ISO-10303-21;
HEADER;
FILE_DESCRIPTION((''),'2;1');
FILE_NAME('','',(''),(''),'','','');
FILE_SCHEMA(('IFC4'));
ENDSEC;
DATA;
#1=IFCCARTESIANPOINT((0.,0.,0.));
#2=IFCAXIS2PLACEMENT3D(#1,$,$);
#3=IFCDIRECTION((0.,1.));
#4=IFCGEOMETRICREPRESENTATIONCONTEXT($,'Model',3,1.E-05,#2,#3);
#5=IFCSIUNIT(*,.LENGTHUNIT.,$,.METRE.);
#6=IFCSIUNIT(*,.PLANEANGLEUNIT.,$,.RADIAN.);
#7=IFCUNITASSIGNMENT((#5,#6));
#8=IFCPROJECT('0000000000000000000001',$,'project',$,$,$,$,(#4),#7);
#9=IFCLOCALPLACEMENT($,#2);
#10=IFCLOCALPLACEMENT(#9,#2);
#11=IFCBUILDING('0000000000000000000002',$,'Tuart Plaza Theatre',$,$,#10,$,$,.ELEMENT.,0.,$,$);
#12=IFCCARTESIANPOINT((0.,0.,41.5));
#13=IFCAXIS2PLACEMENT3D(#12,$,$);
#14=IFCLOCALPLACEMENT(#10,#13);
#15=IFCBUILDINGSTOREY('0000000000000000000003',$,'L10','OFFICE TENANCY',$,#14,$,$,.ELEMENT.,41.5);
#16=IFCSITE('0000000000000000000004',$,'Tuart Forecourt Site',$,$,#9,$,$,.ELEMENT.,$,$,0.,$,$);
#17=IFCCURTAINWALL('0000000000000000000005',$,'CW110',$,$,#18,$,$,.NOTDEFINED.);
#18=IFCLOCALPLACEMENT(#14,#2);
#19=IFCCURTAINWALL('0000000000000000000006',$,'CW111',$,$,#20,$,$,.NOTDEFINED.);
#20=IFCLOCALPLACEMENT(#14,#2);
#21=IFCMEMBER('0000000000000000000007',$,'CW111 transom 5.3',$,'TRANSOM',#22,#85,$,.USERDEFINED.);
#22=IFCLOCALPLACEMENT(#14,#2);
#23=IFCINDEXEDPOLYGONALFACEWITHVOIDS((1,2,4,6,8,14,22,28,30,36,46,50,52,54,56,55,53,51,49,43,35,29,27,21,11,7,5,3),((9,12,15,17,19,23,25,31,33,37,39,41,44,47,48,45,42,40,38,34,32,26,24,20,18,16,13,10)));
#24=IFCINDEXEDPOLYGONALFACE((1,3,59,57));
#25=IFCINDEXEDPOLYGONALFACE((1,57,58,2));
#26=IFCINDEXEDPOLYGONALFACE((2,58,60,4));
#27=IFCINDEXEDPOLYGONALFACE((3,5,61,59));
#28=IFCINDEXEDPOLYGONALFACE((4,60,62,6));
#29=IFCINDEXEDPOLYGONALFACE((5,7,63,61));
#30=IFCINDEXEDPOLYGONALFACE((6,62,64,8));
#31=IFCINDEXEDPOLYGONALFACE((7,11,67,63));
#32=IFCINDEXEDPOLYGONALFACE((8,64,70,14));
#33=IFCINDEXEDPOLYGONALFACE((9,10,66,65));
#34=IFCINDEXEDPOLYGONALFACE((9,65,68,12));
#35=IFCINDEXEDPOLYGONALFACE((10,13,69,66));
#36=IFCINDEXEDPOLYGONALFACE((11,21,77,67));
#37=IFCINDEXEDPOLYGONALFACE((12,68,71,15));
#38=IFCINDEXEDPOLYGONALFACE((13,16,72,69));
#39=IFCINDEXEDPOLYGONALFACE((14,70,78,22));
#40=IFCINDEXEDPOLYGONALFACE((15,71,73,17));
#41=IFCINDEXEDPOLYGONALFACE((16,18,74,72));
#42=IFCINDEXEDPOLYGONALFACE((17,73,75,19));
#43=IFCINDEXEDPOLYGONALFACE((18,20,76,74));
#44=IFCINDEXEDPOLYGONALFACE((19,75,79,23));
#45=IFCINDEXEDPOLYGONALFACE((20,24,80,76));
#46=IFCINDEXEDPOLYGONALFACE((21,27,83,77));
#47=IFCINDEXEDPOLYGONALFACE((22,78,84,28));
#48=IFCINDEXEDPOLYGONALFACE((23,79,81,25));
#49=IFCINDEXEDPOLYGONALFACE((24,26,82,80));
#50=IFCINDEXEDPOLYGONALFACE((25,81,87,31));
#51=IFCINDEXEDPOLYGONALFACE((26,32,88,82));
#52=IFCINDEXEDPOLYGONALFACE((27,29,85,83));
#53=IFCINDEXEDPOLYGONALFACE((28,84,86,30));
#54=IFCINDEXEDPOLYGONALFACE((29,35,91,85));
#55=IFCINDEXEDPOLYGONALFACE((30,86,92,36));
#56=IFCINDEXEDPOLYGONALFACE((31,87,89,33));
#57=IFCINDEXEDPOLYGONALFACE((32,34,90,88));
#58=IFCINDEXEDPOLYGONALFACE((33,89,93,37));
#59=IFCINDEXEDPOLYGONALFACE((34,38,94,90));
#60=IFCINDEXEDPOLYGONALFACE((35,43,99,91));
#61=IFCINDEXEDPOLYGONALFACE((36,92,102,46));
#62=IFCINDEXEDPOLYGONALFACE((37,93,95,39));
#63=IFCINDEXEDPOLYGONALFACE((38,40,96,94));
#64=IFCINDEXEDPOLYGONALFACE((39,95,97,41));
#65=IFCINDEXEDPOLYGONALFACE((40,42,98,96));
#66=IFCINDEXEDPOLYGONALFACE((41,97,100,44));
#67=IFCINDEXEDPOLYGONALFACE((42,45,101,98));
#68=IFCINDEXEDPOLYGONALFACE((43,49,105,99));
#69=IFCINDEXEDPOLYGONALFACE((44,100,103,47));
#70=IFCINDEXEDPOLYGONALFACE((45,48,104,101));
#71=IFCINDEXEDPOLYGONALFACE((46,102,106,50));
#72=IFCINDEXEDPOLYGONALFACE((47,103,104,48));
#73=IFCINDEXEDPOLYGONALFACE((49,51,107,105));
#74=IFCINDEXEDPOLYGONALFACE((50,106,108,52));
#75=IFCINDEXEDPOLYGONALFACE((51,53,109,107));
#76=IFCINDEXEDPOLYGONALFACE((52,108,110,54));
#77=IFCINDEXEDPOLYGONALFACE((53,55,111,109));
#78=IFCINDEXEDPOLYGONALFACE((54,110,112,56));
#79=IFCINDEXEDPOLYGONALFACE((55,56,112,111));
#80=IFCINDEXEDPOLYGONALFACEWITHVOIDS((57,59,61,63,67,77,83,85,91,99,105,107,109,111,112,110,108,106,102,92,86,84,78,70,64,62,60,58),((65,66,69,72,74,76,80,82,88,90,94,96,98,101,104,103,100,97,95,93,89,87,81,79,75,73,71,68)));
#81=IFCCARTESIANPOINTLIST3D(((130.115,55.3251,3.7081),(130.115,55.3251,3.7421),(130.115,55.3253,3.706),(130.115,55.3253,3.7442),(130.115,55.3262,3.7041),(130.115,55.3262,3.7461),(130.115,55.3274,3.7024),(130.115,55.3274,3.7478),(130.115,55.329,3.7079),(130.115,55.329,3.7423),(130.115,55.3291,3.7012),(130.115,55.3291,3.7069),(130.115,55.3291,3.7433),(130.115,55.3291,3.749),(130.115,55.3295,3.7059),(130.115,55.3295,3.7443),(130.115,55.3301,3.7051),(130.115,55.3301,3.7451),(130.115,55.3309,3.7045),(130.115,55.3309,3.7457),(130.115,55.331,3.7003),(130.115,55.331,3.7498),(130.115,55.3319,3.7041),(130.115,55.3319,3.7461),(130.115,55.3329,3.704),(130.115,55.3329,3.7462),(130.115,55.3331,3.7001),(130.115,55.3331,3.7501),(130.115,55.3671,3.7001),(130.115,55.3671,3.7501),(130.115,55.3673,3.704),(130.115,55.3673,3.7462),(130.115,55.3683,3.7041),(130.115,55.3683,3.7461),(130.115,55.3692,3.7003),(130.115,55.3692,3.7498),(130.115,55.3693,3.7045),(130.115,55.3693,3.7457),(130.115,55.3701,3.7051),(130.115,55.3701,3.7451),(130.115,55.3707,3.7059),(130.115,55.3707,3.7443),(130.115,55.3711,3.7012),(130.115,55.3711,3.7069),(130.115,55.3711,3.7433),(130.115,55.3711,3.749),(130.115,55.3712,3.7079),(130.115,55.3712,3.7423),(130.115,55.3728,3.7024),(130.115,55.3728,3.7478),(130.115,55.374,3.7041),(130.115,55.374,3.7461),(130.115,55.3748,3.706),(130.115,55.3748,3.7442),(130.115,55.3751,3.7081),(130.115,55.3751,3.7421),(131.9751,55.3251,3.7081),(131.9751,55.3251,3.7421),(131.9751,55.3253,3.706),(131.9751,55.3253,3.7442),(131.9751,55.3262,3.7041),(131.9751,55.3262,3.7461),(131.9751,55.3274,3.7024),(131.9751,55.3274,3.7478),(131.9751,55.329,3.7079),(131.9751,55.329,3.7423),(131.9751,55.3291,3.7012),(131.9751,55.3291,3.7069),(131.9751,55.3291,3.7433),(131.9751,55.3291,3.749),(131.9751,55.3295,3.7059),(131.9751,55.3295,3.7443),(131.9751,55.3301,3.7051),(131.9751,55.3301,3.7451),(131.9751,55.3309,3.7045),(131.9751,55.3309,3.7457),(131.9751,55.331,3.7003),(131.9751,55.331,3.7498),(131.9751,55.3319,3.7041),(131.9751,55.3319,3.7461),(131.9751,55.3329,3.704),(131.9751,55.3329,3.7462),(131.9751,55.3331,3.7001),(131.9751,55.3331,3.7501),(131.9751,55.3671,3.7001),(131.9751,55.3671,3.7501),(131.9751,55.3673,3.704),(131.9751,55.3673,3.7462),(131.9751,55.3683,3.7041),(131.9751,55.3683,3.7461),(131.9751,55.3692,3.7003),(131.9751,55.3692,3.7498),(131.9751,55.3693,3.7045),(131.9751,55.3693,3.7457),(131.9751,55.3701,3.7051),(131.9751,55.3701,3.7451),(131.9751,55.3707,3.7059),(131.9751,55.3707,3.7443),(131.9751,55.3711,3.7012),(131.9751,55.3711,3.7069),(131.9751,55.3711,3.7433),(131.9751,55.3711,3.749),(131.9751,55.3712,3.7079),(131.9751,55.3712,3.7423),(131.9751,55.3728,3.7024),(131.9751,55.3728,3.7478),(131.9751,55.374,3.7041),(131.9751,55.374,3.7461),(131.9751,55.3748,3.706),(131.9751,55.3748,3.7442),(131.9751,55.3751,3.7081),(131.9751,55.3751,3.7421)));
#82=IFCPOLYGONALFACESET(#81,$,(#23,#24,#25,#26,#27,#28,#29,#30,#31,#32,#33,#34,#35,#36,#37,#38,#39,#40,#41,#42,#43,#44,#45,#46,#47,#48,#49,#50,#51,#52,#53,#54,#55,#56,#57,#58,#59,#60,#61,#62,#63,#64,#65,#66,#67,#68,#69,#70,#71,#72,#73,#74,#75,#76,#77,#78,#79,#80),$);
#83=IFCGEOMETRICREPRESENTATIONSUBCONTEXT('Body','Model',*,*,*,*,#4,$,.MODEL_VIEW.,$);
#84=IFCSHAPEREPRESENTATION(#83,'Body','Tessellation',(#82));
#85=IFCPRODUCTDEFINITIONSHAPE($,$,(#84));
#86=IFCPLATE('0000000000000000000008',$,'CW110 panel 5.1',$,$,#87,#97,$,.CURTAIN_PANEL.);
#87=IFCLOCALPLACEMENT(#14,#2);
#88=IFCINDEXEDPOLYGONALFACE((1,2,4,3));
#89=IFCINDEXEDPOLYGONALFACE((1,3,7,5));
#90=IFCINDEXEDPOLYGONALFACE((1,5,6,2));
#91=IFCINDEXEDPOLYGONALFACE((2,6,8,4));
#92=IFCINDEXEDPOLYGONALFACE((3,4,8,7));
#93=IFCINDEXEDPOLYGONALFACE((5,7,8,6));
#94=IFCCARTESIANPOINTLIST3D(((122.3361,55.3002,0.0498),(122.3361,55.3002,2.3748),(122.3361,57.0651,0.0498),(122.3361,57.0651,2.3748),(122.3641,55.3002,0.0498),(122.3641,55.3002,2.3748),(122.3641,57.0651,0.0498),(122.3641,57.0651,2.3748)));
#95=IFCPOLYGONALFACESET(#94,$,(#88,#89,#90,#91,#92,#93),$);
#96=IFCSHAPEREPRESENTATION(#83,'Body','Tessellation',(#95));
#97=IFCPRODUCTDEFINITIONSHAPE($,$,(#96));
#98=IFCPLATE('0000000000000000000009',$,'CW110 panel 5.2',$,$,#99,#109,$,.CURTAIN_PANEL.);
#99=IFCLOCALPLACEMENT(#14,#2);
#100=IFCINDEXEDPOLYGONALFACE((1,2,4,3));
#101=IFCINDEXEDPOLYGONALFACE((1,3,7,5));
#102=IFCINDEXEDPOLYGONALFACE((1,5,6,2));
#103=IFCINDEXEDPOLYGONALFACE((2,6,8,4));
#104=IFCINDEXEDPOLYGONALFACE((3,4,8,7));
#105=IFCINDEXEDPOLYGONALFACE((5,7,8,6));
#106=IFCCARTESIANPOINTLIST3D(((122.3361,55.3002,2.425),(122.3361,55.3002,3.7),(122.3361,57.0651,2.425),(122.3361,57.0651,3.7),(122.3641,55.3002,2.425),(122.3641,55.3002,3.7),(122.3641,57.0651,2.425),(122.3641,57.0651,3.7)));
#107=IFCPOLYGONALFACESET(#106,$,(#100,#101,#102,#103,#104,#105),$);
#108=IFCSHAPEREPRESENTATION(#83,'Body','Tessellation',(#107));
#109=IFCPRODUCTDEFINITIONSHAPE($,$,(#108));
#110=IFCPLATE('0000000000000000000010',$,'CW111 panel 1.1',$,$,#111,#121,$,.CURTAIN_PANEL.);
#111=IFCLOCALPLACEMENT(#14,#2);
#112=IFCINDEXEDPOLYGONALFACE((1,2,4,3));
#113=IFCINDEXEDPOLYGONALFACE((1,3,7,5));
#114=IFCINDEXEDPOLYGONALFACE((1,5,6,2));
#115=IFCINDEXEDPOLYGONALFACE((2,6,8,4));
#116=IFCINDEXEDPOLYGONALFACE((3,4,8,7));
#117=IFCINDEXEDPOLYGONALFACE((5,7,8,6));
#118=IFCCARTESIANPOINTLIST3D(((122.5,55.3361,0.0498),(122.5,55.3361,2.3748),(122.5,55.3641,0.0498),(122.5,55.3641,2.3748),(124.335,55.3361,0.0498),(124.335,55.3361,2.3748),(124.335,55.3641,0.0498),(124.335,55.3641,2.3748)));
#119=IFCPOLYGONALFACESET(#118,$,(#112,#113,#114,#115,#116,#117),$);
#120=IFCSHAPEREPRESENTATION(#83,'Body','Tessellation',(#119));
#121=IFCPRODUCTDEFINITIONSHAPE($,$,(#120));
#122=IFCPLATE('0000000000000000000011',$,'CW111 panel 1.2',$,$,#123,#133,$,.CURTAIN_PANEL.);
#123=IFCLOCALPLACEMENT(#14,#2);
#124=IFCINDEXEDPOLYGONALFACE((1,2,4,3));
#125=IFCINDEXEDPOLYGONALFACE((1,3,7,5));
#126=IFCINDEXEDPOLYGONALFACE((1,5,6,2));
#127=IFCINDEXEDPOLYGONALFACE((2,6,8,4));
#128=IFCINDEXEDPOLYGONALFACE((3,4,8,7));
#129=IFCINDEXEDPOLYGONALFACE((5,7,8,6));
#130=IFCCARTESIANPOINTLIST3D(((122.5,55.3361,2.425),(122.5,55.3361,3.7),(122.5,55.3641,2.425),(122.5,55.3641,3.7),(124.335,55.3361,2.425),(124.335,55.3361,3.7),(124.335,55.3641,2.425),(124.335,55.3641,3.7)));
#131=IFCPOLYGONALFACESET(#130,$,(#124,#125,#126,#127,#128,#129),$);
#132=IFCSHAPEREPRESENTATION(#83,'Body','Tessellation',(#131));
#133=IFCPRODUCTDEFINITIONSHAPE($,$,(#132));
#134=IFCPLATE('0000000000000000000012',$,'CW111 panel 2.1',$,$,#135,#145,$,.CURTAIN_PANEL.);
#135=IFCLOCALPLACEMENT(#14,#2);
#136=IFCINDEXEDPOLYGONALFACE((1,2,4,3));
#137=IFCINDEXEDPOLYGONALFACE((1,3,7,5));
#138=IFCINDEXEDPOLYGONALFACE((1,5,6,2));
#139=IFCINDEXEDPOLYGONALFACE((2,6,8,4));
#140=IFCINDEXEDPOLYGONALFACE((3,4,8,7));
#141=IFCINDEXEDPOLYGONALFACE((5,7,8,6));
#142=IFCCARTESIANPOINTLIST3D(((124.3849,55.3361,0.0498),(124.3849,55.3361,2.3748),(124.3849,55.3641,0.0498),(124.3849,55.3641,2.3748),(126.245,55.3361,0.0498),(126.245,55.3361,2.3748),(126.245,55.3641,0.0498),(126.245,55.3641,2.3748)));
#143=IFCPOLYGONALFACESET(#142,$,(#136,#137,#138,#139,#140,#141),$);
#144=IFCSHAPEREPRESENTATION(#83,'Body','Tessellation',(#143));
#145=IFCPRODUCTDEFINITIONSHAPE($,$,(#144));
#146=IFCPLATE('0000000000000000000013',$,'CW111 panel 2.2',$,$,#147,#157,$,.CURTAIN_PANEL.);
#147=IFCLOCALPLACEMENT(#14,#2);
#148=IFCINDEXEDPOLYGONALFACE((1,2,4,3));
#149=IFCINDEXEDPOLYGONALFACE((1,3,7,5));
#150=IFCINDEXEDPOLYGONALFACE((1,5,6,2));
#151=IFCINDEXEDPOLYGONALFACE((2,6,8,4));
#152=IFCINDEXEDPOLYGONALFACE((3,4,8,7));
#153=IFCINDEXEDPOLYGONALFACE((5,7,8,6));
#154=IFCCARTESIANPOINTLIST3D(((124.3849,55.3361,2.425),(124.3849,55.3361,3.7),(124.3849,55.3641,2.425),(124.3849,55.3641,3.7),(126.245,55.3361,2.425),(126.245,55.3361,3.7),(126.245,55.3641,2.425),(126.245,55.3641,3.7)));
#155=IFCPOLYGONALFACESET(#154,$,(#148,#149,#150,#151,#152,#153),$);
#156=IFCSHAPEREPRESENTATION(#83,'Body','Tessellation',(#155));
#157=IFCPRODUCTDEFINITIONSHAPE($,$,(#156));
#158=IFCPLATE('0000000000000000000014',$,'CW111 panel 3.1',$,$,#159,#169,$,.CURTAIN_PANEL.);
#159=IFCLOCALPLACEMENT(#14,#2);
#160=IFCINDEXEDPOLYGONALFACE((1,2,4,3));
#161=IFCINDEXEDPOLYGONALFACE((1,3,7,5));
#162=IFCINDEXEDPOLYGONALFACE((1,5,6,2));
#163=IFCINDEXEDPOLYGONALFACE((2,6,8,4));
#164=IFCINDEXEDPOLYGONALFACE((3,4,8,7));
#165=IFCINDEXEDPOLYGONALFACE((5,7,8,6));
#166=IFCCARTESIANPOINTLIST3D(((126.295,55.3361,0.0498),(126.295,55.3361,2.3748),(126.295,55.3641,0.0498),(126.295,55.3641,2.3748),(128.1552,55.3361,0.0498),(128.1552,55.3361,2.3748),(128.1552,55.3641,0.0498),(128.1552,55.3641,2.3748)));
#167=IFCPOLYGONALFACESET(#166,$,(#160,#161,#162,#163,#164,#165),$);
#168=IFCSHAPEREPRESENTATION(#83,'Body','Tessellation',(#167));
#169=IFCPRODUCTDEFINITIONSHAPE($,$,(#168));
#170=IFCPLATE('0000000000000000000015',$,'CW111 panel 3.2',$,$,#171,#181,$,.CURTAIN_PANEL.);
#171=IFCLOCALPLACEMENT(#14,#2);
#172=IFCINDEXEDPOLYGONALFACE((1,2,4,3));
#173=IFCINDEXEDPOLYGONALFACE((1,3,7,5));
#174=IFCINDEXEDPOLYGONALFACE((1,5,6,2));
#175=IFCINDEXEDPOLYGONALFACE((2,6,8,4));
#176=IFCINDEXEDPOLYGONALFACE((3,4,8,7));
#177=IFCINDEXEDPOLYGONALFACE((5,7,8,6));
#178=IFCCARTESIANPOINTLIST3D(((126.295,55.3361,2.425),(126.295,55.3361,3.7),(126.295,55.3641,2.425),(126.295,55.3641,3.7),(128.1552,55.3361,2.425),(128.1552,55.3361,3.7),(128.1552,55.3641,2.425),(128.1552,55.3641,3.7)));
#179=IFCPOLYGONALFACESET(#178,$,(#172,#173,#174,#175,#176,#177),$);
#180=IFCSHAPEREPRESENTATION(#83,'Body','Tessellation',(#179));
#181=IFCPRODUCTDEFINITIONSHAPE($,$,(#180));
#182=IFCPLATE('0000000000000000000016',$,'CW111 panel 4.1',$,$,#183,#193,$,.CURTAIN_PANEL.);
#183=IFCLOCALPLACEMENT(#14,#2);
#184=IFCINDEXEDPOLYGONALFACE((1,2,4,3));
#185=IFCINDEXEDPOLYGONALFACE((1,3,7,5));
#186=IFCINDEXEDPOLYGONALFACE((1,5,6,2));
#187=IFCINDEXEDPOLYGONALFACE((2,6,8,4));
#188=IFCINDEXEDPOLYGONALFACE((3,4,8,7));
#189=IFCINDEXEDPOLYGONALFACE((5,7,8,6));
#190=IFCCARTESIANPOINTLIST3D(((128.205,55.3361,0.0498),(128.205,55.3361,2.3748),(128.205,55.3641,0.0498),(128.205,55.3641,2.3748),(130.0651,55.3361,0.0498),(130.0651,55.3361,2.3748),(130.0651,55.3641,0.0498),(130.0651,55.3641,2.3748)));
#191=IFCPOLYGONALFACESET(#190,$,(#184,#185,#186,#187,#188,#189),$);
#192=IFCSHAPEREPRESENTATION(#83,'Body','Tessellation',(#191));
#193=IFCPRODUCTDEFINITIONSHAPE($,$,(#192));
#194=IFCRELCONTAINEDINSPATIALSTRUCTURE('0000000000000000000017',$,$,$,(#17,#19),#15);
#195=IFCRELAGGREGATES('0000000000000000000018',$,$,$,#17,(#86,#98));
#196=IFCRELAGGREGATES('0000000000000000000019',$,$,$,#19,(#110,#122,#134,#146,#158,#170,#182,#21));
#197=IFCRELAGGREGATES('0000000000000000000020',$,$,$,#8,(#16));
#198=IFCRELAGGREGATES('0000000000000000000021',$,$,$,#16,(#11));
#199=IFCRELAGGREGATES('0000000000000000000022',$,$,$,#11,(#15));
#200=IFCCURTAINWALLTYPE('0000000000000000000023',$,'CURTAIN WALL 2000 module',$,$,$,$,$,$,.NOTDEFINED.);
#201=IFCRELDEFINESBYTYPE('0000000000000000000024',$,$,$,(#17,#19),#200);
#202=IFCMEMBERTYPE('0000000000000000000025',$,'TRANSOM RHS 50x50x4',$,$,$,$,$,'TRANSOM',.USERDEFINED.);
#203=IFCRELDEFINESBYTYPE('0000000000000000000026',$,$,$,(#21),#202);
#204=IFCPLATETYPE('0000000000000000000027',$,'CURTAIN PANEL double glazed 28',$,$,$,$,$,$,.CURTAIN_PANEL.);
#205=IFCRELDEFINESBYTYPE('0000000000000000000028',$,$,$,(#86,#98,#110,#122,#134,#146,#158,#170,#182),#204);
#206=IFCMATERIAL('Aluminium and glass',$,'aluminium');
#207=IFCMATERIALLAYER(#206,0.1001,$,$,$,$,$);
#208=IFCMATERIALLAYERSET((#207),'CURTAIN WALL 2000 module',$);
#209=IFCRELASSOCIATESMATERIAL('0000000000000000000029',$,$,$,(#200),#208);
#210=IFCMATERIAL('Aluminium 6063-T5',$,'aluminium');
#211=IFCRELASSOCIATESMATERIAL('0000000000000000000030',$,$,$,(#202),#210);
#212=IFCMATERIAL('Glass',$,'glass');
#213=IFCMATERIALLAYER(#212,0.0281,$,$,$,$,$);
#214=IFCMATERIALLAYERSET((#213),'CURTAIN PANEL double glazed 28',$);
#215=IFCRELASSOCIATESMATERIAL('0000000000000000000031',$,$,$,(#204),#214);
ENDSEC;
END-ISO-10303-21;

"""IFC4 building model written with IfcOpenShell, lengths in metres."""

from ifc_helpers import new_model, si_unit, direction, frame, origin, origin_2d, place, context, subcontext, project, spatial, rectangle, hollow_rectangle, extrude, material, layer, layer_set, material_profile, profile_set, type_object, element, aggregate, save


model = new_model("IFC4")

# Units and contexts
model_context = context("Model", 3, precision=1e-05, world=origin(), true_north=direction((0.0, 1.0)))
body_context = subcontext(model_context, "Body", "Model", "MODEL_VIEW")
ifc_project = project(units=[si_unit("LENGTHUNIT", "METRE"), si_unit("PLANEANGLEUNIT", "RADIAN")], contexts=[model_context])

# Site, building, storey
site_placement = place(None, origin())
site = spatial("IfcSite", under=ifc_project, at=site_placement, Name="Tuart Forecourt Site", CompositionType="ELEMENT", RefElevation=0.0)
building_placement = place(site_placement, origin())
building = spatial("IfcBuilding", under=site, at=building_placement, Name="Tuart Plaza Theatre", CompositionType="ELEMENT", ElevationOfRefHeight=0.0)
storey_placement = place(building_placement, frame((0.0, 0.0, 41.5)))
storey = spatial("IfcBuildingStorey", under=building, at=storey_placement, Name="L10", Description="OFFICE TENANCY", CompositionType="ELEMENT", Elevation=41.5)

# Curtain wall
ifc_material_1 = material(Name="Aluminium and glass", Category="aluminium")
ifc_layer_1 = layer(ifc_material_1, 0.1001)
ifc_layer_set_1 = layer_set([ifc_layer_1], Name="CURTAIN WALL 2000 module")
curtain_wall_type = type_object("IfcCurtainWallType", Name="CURTAIN WALL 2000 module", PredefinedType="NOTDEFINED", material=ifc_layer_set_1)
curtain_wall_1_placement = place(storey_placement, origin())
curtain_wall_1 = element("IfcCurtainWall", 1, at=curtain_wall_1_placement, inside=storey, type_object=curtain_wall_type, Name="CW110", PredefinedType="NOTDEFINED")

# Curtain wall
curtain_wall_2_placement = place(storey_placement, origin())
curtain_wall_2 = element("IfcCurtainWall", 2, at=curtain_wall_2_placement, inside=storey, type_object=curtain_wall_type, Name="CW111", PredefinedType="NOTDEFINED")

# Member
ifc_material_2 = material(Name="Aluminium 6063-T5", Category="aluminium")
ifc_material_profile_1 = material_profile(ifc_material_2, hollow_rectangle(XDim=0.05, YDim=0.05, WallThickness=0.0039, InnerFilletRadius=0.0039, OuterFilletRadius=0.0081, at=origin_2d()), Name="RHS 50x50x4")
ifc_profile_set_1 = profile_set([ifc_material_profile_1], Name="Aluminium 6063-T5")
member_type_1 = type_object("IfcMemberType", Name="TRANSOM RHS 50x50x4", ElementType="TRANSOM", PredefinedType="USERDEFINED", material=ifc_profile_set_1)
member_1_placement = place(storey_placement, frame((130.115, 55.3501, 3.7251), z_axis=(1.0, 0.0, 0.0), x_axis=(0.0, 1.0, 0.0)))
member_1 = element("IfcMember", 3, at=member_1_placement, type_object=member_type_1, Name="CW111 transom 5.3", ObjectType="TRANSOM", PredefinedType="USERDEFINED", context=body_context, shape_type="SweptSolid", body=[
    extrude(hollow_rectangle(XDim=0.05, YDim=0.05, WallThickness=0.0039, InnerFilletRadius=0.0039, OuterFilletRadius=0.0081, at=origin_2d()), origin(), (0.0, 0.0, 1.0), 1.8601),
])

# Plates
ifc_material_3 = material(Name="Glass", Category="glass")
ifc_layer_2 = layer(ifc_material_3, 0.0281)
ifc_layer_set_2 = layer_set([ifc_layer_2], Name="CURTAIN PANEL double glazed 28")
plate_type = type_object("IfcPlateType", Name="CURTAIN PANEL double glazed 28", PredefinedType="CURTAIN_PANEL", material=ifc_layer_set_2)
plate_1_placement = place(storey_placement, frame((122.3501, 56.1826, 0.0498), z_axis=(0.0, 0.0, 1.0), x_axis=(0.0, -1.0, 0.0)))
plate_1 = element("IfcPlate", 4, at=plate_1_placement, type_object=plate_type, Name="CW110 panel 5.1", PredefinedType="CURTAIN_PANEL", context=body_context, shape_type="SweptSolid", body=[
    extrude(rectangle(XDim=1.7649, YDim=0.0281, at=origin_2d()), origin(), (0.0, 0.0, 1.0), 2.325),
])
plate_2_placement = place(storey_placement, frame((122.3501, 56.1826, 2.425), z_axis=(0.0, 0.0, 1.0), x_axis=(0.0, -1.0, 0.0)))
plate_2 = element("IfcPlate", 5, at=plate_2_placement, type_object=plate_type, Name="CW110 panel 5.2", PredefinedType="CURTAIN_PANEL", context=body_context, shape_type="SweptSolid", body=[
    extrude(rectangle(XDim=1.7649, YDim=0.0281, at=origin_2d()), origin(), (0.0, 0.0, 1.0), 1.2749),
])
aggregate(curtain_wall_1, [plate_1, plate_2])
plate_3_placement = place(storey_placement, frame((123.4175, 55.3501, 0.0498), z_axis=(0.0, 0.0, 1.0), x_axis=(1.0, 0.0, 0.0)))
plate_3 = element("IfcPlate", 6, at=plate_3_placement, type_object=plate_type, Name="CW111 panel 1.1", PredefinedType="CURTAIN_PANEL", context=body_context, shape_type="SweptSolid", body=[
    extrude(rectangle(XDim=1.835, YDim=0.0281, at=origin_2d()), origin(), (0.0, 0.0, 1.0), 2.325),
])
plate_4_placement = place(storey_placement, frame((123.4175, 55.3501, 2.425), z_axis=(0.0, 0.0, 1.0), x_axis=(1.0, 0.0, 0.0)))
plate_4 = element("IfcPlate", 7, at=plate_4_placement, type_object=plate_type, Name="CW111 panel 1.2", PredefinedType="CURTAIN_PANEL", context=body_context, shape_type="SweptSolid", body=[
    extrude(rectangle(XDim=1.835, YDim=0.0281, at=origin_2d()), origin(), (0.0, 0.0, 1.0), 1.2749),
])
plate_5_placement = place(storey_placement, frame((125.3149, 55.3501, 0.0498), z_axis=(0.0, 0.0, 1.0), x_axis=(1.0, 0.0, 0.0)))
plate_5 = element("IfcPlate", 8, at=plate_5_placement, type_object=plate_type, Name="CW111 panel 2.1", PredefinedType="CURTAIN_PANEL", context=body_context, shape_type="SweptSolid", body=[
    extrude(rectangle(XDim=1.8601, YDim=0.0281, at=origin_2d()), origin(), (0.0, 0.0, 1.0), 2.325),
])
plate_6_placement = place(storey_placement, frame((125.3149, 55.3501, 2.425), z_axis=(0.0, 0.0, 1.0), x_axis=(1.0, 0.0, 0.0)))
plate_6 = element("IfcPlate", 9, at=plate_6_placement, type_object=plate_type, Name="CW111 panel 2.2", PredefinedType="CURTAIN_PANEL", context=body_context, shape_type="SweptSolid", body=[
    extrude(rectangle(XDim=1.8601, YDim=0.0281, at=origin_2d()), origin(), (0.0, 0.0, 1.0), 1.2749),
])
plate_7_placement = place(storey_placement, frame((127.2251, 55.3501, 0.0498), z_axis=(0.0, 0.0, 1.0), x_axis=(1.0, 0.0, 0.0)))
plate_7 = element("IfcPlate", 10, at=plate_7_placement, type_object=plate_type, Name="CW111 panel 3.1", PredefinedType="CURTAIN_PANEL", context=body_context, shape_type="SweptSolid", body=[
    extrude(rectangle(XDim=1.8601, YDim=0.0281, at=origin_2d()), origin(), (0.0, 0.0, 1.0), 2.325),
])
plate_8_placement = place(storey_placement, frame((127.2251, 55.3501, 2.425), z_axis=(0.0, 0.0, 1.0), x_axis=(1.0, 0.0, 0.0)))
plate_8 = element("IfcPlate", 11, at=plate_8_placement, type_object=plate_type, Name="CW111 panel 3.2", PredefinedType="CURTAIN_PANEL", context=body_context, shape_type="SweptSolid", body=[
    extrude(rectangle(XDim=1.8601, YDim=0.0281, at=origin_2d()), origin(), (0.0, 0.0, 1.0), 1.2749),
])
plate_9_placement = place(storey_placement, frame((129.135, 55.3501, 0.0498), z_axis=(0.0, 0.0, 1.0), x_axis=(1.0, 0.0, 0.0)))
plate_9 = element("IfcPlate", 12, at=plate_9_placement, type_object=plate_type, Name="CW111 panel 4.1", PredefinedType="CURTAIN_PANEL", context=body_context, shape_type="SweptSolid", body=[
    extrude(rectangle(XDim=1.8601, YDim=0.0281, at=origin_2d()), origin(), (0.0, 0.0, 1.0), 2.325),
])
aggregate(curtain_wall_2, [plate_3, plate_4, plate_5, plate_6, plate_7, plate_8, plate_9, member_1])

save(model, "model.ifc")
